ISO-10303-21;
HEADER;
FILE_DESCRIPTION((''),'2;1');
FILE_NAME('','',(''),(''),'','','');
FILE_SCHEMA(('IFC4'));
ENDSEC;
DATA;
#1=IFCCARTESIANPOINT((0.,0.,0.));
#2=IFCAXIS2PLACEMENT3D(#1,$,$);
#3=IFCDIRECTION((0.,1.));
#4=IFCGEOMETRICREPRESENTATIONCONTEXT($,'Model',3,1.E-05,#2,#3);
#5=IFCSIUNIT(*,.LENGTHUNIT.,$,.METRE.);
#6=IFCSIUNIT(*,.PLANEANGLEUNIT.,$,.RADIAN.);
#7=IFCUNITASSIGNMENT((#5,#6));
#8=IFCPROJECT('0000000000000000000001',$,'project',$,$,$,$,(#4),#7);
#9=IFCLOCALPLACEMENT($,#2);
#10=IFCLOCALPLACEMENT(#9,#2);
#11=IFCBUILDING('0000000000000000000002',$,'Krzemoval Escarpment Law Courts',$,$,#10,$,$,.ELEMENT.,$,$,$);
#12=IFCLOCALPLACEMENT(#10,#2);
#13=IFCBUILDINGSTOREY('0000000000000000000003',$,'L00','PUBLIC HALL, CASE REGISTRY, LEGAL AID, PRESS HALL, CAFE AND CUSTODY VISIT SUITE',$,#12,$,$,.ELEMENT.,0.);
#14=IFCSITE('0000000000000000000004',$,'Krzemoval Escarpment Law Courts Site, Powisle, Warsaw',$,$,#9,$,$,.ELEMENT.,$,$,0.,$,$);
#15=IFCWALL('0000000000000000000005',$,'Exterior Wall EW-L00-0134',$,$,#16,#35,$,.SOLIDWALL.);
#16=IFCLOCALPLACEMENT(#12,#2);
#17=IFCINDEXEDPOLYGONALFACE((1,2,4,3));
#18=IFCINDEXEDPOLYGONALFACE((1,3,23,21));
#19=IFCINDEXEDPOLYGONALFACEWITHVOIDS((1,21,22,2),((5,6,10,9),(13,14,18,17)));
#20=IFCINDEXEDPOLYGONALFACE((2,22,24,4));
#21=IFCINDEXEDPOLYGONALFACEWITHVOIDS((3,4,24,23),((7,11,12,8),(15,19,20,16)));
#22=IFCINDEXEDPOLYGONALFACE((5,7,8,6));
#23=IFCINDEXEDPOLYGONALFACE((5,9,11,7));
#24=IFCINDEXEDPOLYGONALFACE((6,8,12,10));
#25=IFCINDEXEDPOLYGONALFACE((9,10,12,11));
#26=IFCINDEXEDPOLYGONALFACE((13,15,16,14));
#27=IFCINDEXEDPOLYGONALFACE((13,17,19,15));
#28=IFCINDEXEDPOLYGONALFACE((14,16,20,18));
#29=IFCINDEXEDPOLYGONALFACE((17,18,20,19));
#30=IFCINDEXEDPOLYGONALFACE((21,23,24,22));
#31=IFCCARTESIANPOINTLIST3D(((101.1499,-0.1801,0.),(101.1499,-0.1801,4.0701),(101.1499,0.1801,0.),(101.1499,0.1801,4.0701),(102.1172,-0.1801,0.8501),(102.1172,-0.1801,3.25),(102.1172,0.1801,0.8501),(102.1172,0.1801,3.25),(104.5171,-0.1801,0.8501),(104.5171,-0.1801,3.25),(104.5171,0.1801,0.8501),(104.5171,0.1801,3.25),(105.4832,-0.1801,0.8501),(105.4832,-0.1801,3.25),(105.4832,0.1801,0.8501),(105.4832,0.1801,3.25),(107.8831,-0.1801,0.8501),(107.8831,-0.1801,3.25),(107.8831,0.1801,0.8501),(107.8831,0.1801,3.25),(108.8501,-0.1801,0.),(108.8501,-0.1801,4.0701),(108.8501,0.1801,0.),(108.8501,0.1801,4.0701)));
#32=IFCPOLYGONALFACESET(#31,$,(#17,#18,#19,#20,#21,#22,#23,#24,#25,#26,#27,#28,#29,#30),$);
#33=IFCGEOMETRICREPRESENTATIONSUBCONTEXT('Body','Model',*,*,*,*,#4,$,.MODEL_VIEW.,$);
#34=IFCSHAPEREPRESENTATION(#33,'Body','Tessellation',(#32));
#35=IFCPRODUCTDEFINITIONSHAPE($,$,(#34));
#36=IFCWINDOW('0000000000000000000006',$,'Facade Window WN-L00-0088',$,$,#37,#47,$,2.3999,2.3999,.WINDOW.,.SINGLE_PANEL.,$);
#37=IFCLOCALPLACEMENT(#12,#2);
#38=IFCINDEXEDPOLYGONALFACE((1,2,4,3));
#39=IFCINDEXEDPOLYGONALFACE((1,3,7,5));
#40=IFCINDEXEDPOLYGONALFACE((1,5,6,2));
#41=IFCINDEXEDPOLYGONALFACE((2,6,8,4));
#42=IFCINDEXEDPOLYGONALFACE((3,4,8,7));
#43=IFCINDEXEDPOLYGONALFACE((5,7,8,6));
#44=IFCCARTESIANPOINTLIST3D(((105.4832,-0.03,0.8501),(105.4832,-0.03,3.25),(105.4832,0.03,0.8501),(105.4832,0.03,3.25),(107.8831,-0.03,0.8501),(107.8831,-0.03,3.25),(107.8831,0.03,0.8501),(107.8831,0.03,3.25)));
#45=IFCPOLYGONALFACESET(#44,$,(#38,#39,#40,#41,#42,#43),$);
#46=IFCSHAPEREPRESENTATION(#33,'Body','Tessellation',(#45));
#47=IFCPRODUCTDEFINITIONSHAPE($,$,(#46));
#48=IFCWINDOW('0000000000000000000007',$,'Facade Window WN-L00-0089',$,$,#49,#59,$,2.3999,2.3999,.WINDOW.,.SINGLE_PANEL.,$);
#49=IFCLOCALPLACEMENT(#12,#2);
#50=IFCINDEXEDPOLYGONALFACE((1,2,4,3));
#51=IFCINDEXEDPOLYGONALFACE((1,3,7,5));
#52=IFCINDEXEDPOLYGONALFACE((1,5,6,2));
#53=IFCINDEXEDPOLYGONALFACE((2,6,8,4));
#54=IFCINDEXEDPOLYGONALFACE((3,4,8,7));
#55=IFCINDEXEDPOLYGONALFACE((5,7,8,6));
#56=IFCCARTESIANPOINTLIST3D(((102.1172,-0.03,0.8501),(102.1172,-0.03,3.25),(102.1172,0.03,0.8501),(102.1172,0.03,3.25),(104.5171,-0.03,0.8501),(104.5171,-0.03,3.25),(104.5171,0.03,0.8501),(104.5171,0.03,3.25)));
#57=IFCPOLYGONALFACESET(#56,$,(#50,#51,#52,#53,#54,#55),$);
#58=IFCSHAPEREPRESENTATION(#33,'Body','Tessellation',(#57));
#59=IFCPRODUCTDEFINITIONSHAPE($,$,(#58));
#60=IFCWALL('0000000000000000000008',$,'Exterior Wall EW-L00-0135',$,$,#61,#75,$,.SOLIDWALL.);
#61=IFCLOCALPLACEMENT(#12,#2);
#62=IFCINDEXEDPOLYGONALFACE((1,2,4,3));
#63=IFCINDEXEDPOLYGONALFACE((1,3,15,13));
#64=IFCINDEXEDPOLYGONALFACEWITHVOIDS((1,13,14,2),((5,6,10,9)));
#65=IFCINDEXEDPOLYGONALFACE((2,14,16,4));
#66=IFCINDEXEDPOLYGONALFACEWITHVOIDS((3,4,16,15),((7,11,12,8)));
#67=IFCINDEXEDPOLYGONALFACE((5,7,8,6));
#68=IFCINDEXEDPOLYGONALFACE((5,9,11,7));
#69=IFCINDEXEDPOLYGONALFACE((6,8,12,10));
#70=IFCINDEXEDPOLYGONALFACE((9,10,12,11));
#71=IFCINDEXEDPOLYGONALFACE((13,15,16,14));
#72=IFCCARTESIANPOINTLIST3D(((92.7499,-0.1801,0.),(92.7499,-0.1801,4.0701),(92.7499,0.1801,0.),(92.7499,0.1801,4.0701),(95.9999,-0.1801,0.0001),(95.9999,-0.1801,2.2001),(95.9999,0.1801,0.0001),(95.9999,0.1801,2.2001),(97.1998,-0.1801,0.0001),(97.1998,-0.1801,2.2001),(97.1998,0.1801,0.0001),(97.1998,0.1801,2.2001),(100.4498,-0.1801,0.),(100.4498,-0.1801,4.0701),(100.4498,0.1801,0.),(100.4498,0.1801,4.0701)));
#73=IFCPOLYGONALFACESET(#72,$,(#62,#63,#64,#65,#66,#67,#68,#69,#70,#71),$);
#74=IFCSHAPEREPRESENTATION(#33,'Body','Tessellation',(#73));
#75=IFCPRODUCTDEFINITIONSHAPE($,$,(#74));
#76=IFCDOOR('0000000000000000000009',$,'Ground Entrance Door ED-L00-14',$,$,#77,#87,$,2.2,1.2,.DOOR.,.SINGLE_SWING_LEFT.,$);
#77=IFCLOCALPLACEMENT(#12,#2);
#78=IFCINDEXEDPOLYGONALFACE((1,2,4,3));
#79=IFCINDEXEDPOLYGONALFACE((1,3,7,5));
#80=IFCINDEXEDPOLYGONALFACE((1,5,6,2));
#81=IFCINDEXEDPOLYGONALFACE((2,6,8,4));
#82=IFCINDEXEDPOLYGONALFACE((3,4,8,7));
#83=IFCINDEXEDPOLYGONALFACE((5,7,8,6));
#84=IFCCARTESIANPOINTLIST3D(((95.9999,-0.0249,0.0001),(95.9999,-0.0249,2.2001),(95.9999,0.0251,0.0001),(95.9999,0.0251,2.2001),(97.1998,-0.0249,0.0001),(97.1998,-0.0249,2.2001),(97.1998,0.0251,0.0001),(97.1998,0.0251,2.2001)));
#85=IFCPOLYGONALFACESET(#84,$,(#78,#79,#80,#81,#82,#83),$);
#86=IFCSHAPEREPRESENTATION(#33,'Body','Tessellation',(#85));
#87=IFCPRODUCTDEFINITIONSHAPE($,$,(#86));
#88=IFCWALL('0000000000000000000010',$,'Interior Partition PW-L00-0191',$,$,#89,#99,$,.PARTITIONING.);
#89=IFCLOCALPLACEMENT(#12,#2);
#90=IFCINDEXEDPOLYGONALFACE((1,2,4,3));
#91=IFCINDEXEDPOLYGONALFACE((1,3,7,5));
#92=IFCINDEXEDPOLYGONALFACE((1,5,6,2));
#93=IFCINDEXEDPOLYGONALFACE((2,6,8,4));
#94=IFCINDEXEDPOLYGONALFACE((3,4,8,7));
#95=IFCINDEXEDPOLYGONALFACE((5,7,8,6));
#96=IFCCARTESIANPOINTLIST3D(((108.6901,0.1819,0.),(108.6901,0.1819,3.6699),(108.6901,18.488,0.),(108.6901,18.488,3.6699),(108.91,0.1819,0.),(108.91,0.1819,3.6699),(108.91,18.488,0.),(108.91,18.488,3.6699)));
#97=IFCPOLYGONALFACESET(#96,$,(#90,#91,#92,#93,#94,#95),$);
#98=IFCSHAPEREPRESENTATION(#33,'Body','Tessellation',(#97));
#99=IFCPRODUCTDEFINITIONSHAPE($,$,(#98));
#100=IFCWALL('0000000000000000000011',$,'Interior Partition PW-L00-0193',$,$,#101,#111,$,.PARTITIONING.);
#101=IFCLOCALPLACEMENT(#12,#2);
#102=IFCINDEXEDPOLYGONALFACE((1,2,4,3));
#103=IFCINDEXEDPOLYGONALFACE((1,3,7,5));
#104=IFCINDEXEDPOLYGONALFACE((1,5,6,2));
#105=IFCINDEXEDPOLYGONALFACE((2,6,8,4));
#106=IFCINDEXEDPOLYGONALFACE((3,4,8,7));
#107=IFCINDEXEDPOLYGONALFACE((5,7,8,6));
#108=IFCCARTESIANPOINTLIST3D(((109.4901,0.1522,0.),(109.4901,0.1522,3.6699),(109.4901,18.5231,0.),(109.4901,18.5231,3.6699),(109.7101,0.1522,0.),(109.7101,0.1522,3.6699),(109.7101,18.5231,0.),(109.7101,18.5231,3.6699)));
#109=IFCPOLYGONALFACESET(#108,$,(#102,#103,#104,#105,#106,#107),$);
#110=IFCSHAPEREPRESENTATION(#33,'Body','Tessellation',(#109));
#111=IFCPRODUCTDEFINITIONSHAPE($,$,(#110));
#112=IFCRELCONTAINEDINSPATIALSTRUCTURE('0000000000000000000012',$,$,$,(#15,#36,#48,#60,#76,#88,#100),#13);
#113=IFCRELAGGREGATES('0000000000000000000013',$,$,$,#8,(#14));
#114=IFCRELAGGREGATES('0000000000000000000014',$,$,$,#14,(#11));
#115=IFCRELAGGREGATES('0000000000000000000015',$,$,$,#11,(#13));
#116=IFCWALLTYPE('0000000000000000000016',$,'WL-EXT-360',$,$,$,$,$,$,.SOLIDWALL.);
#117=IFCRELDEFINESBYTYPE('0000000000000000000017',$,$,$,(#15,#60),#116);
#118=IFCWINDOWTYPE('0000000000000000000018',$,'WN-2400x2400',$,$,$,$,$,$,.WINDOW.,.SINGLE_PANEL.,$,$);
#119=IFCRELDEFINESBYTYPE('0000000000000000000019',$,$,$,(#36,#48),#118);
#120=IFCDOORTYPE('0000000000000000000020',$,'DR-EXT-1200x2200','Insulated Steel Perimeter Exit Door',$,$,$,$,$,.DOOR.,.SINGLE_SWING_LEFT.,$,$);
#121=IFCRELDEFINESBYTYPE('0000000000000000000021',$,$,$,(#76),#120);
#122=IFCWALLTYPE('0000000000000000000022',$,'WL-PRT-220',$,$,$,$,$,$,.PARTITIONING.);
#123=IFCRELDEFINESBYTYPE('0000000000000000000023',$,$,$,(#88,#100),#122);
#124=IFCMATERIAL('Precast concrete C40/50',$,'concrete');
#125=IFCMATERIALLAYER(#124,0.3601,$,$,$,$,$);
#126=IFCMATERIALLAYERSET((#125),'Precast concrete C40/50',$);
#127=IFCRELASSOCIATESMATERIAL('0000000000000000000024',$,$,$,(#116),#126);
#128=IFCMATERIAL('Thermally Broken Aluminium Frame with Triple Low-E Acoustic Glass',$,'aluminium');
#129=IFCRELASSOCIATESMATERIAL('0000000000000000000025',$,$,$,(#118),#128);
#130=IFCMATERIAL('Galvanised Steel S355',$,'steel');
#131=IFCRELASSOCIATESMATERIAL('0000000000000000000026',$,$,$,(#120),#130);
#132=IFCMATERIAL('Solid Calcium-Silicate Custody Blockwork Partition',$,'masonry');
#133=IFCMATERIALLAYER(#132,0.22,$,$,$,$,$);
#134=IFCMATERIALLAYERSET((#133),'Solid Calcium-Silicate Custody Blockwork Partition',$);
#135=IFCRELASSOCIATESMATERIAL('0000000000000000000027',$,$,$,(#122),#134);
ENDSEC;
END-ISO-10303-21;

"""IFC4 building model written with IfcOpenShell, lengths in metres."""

from ifc_helpers import new_model, si_unit, direction, frame, frame_2d, origin, place, context, subcontext, project, spatial, rectangle, extrude, material, layer, layer_set, type_object, element, fill, save


model = new_model("IFC4")

# Units and contexts
model_context = context("Model", 3, precision=1e-05, world=origin(), true_north=direction((0.0, 1.0)))
body_context = subcontext(model_context, "Body", "Model", "MODEL_VIEW")
ifc_project = project(units=[si_unit("LENGTHUNIT", "METRE"), si_unit("PLANEANGLEUNIT", "RADIAN")], contexts=[model_context])

# Site, building, storey
site_placement = place(None, origin())
site = spatial("IfcSite", under=ifc_project, at=site_placement, Name="Krzemoval Escarpment Law Courts Site, Powisle, Warsaw", CompositionType="ELEMENT", RefElevation=0.0)
building_placement = place(site_placement, origin())
building = spatial("IfcBuilding", under=site, at=building_placement, Name="Krzemoval Escarpment Law Courts", CompositionType="ELEMENT")
storey_placement = place(building_placement, origin())
storey = spatial("IfcBuildingStorey", under=building, at=storey_placement, Name="L00", Description="PUBLIC HALL, CASE REGISTRY, LEGAL AID, PRESS HALL, CAFE AND CUSTODY VISIT SUITE", CompositionType="ELEMENT", Elevation=0.0)

# Wall, openings, windows
ifc_material_1 = material(Name="Precast concrete C40/50", Category="concrete")
ifc_layer_1 = layer(ifc_material_1, 0.3601)
ifc_layer_set_1 = layer_set([ifc_layer_1], Name="Precast concrete C40/50")
wall_type_1 = type_object("IfcWallType", Name="WL-EXT-360", PredefinedType="SOLIDWALL", material=ifc_layer_set_1)
wall_1_placement = place(storey_placement, frame((108.8501, 0.0, 0.0), z_axis=(0.0, 0.0, 1.0), x_axis=(-1.0, 0.0, 0.0)))
wall_1 = element("IfcWall", 1, at=wall_1_placement, inside=storey, type_object=wall_type_1, Name="Exterior Wall EW-L00-0134", PredefinedType="SOLIDWALL", context=body_context, shape_type="SweptSolid", body=[
    extrude(rectangle(XDim=7.7002, YDim=0.3601, at=frame_2d((3.8501, 0.0))), origin(), (0.0, 0.0, 1.0), 4.0701),
])
opening_1_placement = place(wall_1_placement, frame((0.967, 0.0, 0.8501)))
opening_1 = element("IfcOpeningElement", 2, at=opening_1_placement, cuts=wall_1, PredefinedType="OPENING", context=body_context, shape_type="SweptSolid", body=[
    extrude(rectangle(XDim=2.3999, YDim=2.3999, at=frame_2d((1.2, 1.2))), frame((0.0, 0.1951, 0.0), z_axis=(0.0, -1.0, 0.0), x_axis=(1.0, 0.0, 0.0)), (0.0, 0.0, 1.0), 0.3901),
])
opening_2_placement = place(wall_1_placement, frame((4.333, 0.0, 0.8501)))
opening_2 = element("IfcOpeningElement", 3, at=opening_2_placement, cuts=wall_1, PredefinedType="OPENING", context=body_context, shape_type="SweptSolid", body=[
    extrude(rectangle(XDim=2.3999, YDim=2.3999, at=frame_2d((1.2, 1.2))), frame((0.0, 0.1951, 0.0), z_axis=(0.0, -1.0, 0.0), x_axis=(1.0, 0.0, 0.0)), (0.0, 0.0, 1.0), 0.3901),
])
ifc_material_2 = material(Name="Thermally Broken Aluminium Frame with Triple Low-E Acoustic Glass", Category="aluminium")
window_type = type_object("IfcWindowType", Name="WN-2400x2400", PartitioningType="SINGLE_PANEL", PredefinedType="WINDOW", material=ifc_material_2)
window_1_placement = place(opening_1_placement, origin())
window_1 = element("IfcWindow", 4, at=window_1_placement, inside=storey, type_object=window_type, Name="Facade Window WN-L00-0088", OverallHeight=2.3999, OverallWidth=2.3999, PartitioningType="SINGLE_PANEL", PredefinedType="WINDOW", context=body_context, shape_type="SweptSolid", body=[
    extrude(rectangle(XDim=2.3999, YDim=2.3999, at=frame_2d((1.2, 1.2))), frame((0.0, 0.03, 0.0), z_axis=(0.0, -1.0, 0.0), x_axis=(1.0, 0.0, 0.0)), (0.0, 0.0, 1.0), 0.0601),
])
fill(opening_1, window_1)
window_2_placement = place(opening_2_placement, origin())
window_2 = element("IfcWindow", 5, at=window_2_placement, inside=storey, type_object=window_type, Name="Facade Window WN-L00-0089", OverallHeight=2.3999, OverallWidth=2.3999, PartitioningType="SINGLE_PANEL", PredefinedType="WINDOW", context=body_context, shape_type="SweptSolid", body=[
    extrude(rectangle(XDim=2.3999, YDim=2.3999, at=frame_2d((1.2, 1.2))), frame((0.0, 0.03, 0.0), z_axis=(0.0, -1.0, 0.0), x_axis=(1.0, 0.0, 0.0)), (0.0, 0.0, 1.0), 0.0601),
])
fill(opening_2, window_2)

# Wall, opening, door
wall_2_placement = place(storey_placement, frame((100.45, 0.0, 0.0), z_axis=(0.0, 0.0, 1.0), x_axis=(-1.0, 0.0, 0.0)))
wall_2 = element("IfcWall", 6, at=wall_2_placement, inside=storey, type_object=wall_type_1, Name="Exterior Wall EW-L00-0135", PredefinedType="SOLIDWALL", context=body_context, shape_type="SweptSolid", body=[
    extrude(rectangle(XDim=7.7, YDim=0.3601, at=frame_2d((3.8501, 0.0))), origin(), (0.0, 0.0, 1.0), 4.0701),
])
opening_3_placement = place(wall_2_placement, frame((3.25, 0.0, 0.0)))
opening_3 = element("IfcOpeningElement", 7, at=opening_3_placement, cuts=wall_2, PredefinedType="OPENING", context=body_context, shape_type="SweptSolid", body=[
    extrude(rectangle(XDim=1.2, YDim=2.2, at=frame_2d((0.6001, 1.1001))), frame((0.0, 0.1951, 0.0), z_axis=(0.0, -1.0, 0.0), x_axis=(1.0, 0.0, 0.0)), (0.0, 0.0, 1.0), 0.3901),
])
ifc_material_3 = material(Name="Galvanised Steel S355", Category="steel")
door_type = type_object("IfcDoorType", Name="DR-EXT-1200x2200", Description="Insulated Steel Perimeter Exit Door", OperationType="SINGLE_SWING_LEFT", PredefinedType="DOOR", material=ifc_material_3)
door_placement = place(opening_3_placement, origin())
door = element("IfcDoor", 8, at=door_placement, inside=storey, type_object=door_type, Name="Ground Entrance Door ED-L00-14", OperationType="SINGLE_SWING_LEFT", OverallHeight=2.2, OverallWidth=1.2, PredefinedType="DOOR", context=body_context, shape_type="SweptSolid", body=[
    extrude(rectangle(XDim=1.2, YDim=2.2, at=frame_2d((0.6001, 1.1001))), frame((0.0, 0.0249, 0.0), z_axis=(0.0, -1.0, 0.0), x_axis=(1.0, 0.0, 0.0)), (0.0, 0.0, 1.0), 0.05),
])
fill(opening_3, door)

# Walls
ifc_material_4 = material(Name="Solid Calcium-Silicate Custody Blockwork Partition", Category="masonry")
ifc_layer_2 = layer(ifc_material_4, 0.22)
ifc_layer_set_2 = layer_set([ifc_layer_2], Name="Solid Calcium-Silicate Custody Blockwork Partition")
wall_type_2 = type_object("IfcWallType", Name="WL-PRT-220", PredefinedType="PARTITIONING", material=ifc_layer_set_2)
wall_3_placement = place(storey_placement, frame((108.8, 0.1819, 0.0), z_axis=(0.0, 0.0, 1.0), x_axis=(0.0, 1.0, 0.0)))
element("IfcWall", 9, at=wall_3_placement, inside=storey, type_object=wall_type_2, Name="Interior Partition PW-L00-0191", PredefinedType="PARTITIONING", context=body_context, shape_type="SweptSolid", body=[
    extrude(rectangle(XDim=18.3062, YDim=0.22, at=frame_2d((9.1531, 0.0))), origin(), (0.0, 0.0, 1.0), 3.6699),
])
wall_4_placement = place(storey_placement, frame((109.6001, 0.1521, 0.0), z_axis=(0.0, 0.0, 1.0), x_axis=(0.0, 1.0, 0.0)))
element("IfcWall", 10, at=wall_4_placement, inside=storey, type_object=wall_type_2, Name="Interior Partition PW-L00-0193", PredefinedType="PARTITIONING", context=body_context, shape_type="SweptSolid", body=[
    extrude(rectangle(XDim=18.3708, YDim=0.22, at=frame_2d((9.1855, 0.0))), origin(), (0.0, 0.0, 1.0), 3.6699),
])

save(model, "model.ifc")
